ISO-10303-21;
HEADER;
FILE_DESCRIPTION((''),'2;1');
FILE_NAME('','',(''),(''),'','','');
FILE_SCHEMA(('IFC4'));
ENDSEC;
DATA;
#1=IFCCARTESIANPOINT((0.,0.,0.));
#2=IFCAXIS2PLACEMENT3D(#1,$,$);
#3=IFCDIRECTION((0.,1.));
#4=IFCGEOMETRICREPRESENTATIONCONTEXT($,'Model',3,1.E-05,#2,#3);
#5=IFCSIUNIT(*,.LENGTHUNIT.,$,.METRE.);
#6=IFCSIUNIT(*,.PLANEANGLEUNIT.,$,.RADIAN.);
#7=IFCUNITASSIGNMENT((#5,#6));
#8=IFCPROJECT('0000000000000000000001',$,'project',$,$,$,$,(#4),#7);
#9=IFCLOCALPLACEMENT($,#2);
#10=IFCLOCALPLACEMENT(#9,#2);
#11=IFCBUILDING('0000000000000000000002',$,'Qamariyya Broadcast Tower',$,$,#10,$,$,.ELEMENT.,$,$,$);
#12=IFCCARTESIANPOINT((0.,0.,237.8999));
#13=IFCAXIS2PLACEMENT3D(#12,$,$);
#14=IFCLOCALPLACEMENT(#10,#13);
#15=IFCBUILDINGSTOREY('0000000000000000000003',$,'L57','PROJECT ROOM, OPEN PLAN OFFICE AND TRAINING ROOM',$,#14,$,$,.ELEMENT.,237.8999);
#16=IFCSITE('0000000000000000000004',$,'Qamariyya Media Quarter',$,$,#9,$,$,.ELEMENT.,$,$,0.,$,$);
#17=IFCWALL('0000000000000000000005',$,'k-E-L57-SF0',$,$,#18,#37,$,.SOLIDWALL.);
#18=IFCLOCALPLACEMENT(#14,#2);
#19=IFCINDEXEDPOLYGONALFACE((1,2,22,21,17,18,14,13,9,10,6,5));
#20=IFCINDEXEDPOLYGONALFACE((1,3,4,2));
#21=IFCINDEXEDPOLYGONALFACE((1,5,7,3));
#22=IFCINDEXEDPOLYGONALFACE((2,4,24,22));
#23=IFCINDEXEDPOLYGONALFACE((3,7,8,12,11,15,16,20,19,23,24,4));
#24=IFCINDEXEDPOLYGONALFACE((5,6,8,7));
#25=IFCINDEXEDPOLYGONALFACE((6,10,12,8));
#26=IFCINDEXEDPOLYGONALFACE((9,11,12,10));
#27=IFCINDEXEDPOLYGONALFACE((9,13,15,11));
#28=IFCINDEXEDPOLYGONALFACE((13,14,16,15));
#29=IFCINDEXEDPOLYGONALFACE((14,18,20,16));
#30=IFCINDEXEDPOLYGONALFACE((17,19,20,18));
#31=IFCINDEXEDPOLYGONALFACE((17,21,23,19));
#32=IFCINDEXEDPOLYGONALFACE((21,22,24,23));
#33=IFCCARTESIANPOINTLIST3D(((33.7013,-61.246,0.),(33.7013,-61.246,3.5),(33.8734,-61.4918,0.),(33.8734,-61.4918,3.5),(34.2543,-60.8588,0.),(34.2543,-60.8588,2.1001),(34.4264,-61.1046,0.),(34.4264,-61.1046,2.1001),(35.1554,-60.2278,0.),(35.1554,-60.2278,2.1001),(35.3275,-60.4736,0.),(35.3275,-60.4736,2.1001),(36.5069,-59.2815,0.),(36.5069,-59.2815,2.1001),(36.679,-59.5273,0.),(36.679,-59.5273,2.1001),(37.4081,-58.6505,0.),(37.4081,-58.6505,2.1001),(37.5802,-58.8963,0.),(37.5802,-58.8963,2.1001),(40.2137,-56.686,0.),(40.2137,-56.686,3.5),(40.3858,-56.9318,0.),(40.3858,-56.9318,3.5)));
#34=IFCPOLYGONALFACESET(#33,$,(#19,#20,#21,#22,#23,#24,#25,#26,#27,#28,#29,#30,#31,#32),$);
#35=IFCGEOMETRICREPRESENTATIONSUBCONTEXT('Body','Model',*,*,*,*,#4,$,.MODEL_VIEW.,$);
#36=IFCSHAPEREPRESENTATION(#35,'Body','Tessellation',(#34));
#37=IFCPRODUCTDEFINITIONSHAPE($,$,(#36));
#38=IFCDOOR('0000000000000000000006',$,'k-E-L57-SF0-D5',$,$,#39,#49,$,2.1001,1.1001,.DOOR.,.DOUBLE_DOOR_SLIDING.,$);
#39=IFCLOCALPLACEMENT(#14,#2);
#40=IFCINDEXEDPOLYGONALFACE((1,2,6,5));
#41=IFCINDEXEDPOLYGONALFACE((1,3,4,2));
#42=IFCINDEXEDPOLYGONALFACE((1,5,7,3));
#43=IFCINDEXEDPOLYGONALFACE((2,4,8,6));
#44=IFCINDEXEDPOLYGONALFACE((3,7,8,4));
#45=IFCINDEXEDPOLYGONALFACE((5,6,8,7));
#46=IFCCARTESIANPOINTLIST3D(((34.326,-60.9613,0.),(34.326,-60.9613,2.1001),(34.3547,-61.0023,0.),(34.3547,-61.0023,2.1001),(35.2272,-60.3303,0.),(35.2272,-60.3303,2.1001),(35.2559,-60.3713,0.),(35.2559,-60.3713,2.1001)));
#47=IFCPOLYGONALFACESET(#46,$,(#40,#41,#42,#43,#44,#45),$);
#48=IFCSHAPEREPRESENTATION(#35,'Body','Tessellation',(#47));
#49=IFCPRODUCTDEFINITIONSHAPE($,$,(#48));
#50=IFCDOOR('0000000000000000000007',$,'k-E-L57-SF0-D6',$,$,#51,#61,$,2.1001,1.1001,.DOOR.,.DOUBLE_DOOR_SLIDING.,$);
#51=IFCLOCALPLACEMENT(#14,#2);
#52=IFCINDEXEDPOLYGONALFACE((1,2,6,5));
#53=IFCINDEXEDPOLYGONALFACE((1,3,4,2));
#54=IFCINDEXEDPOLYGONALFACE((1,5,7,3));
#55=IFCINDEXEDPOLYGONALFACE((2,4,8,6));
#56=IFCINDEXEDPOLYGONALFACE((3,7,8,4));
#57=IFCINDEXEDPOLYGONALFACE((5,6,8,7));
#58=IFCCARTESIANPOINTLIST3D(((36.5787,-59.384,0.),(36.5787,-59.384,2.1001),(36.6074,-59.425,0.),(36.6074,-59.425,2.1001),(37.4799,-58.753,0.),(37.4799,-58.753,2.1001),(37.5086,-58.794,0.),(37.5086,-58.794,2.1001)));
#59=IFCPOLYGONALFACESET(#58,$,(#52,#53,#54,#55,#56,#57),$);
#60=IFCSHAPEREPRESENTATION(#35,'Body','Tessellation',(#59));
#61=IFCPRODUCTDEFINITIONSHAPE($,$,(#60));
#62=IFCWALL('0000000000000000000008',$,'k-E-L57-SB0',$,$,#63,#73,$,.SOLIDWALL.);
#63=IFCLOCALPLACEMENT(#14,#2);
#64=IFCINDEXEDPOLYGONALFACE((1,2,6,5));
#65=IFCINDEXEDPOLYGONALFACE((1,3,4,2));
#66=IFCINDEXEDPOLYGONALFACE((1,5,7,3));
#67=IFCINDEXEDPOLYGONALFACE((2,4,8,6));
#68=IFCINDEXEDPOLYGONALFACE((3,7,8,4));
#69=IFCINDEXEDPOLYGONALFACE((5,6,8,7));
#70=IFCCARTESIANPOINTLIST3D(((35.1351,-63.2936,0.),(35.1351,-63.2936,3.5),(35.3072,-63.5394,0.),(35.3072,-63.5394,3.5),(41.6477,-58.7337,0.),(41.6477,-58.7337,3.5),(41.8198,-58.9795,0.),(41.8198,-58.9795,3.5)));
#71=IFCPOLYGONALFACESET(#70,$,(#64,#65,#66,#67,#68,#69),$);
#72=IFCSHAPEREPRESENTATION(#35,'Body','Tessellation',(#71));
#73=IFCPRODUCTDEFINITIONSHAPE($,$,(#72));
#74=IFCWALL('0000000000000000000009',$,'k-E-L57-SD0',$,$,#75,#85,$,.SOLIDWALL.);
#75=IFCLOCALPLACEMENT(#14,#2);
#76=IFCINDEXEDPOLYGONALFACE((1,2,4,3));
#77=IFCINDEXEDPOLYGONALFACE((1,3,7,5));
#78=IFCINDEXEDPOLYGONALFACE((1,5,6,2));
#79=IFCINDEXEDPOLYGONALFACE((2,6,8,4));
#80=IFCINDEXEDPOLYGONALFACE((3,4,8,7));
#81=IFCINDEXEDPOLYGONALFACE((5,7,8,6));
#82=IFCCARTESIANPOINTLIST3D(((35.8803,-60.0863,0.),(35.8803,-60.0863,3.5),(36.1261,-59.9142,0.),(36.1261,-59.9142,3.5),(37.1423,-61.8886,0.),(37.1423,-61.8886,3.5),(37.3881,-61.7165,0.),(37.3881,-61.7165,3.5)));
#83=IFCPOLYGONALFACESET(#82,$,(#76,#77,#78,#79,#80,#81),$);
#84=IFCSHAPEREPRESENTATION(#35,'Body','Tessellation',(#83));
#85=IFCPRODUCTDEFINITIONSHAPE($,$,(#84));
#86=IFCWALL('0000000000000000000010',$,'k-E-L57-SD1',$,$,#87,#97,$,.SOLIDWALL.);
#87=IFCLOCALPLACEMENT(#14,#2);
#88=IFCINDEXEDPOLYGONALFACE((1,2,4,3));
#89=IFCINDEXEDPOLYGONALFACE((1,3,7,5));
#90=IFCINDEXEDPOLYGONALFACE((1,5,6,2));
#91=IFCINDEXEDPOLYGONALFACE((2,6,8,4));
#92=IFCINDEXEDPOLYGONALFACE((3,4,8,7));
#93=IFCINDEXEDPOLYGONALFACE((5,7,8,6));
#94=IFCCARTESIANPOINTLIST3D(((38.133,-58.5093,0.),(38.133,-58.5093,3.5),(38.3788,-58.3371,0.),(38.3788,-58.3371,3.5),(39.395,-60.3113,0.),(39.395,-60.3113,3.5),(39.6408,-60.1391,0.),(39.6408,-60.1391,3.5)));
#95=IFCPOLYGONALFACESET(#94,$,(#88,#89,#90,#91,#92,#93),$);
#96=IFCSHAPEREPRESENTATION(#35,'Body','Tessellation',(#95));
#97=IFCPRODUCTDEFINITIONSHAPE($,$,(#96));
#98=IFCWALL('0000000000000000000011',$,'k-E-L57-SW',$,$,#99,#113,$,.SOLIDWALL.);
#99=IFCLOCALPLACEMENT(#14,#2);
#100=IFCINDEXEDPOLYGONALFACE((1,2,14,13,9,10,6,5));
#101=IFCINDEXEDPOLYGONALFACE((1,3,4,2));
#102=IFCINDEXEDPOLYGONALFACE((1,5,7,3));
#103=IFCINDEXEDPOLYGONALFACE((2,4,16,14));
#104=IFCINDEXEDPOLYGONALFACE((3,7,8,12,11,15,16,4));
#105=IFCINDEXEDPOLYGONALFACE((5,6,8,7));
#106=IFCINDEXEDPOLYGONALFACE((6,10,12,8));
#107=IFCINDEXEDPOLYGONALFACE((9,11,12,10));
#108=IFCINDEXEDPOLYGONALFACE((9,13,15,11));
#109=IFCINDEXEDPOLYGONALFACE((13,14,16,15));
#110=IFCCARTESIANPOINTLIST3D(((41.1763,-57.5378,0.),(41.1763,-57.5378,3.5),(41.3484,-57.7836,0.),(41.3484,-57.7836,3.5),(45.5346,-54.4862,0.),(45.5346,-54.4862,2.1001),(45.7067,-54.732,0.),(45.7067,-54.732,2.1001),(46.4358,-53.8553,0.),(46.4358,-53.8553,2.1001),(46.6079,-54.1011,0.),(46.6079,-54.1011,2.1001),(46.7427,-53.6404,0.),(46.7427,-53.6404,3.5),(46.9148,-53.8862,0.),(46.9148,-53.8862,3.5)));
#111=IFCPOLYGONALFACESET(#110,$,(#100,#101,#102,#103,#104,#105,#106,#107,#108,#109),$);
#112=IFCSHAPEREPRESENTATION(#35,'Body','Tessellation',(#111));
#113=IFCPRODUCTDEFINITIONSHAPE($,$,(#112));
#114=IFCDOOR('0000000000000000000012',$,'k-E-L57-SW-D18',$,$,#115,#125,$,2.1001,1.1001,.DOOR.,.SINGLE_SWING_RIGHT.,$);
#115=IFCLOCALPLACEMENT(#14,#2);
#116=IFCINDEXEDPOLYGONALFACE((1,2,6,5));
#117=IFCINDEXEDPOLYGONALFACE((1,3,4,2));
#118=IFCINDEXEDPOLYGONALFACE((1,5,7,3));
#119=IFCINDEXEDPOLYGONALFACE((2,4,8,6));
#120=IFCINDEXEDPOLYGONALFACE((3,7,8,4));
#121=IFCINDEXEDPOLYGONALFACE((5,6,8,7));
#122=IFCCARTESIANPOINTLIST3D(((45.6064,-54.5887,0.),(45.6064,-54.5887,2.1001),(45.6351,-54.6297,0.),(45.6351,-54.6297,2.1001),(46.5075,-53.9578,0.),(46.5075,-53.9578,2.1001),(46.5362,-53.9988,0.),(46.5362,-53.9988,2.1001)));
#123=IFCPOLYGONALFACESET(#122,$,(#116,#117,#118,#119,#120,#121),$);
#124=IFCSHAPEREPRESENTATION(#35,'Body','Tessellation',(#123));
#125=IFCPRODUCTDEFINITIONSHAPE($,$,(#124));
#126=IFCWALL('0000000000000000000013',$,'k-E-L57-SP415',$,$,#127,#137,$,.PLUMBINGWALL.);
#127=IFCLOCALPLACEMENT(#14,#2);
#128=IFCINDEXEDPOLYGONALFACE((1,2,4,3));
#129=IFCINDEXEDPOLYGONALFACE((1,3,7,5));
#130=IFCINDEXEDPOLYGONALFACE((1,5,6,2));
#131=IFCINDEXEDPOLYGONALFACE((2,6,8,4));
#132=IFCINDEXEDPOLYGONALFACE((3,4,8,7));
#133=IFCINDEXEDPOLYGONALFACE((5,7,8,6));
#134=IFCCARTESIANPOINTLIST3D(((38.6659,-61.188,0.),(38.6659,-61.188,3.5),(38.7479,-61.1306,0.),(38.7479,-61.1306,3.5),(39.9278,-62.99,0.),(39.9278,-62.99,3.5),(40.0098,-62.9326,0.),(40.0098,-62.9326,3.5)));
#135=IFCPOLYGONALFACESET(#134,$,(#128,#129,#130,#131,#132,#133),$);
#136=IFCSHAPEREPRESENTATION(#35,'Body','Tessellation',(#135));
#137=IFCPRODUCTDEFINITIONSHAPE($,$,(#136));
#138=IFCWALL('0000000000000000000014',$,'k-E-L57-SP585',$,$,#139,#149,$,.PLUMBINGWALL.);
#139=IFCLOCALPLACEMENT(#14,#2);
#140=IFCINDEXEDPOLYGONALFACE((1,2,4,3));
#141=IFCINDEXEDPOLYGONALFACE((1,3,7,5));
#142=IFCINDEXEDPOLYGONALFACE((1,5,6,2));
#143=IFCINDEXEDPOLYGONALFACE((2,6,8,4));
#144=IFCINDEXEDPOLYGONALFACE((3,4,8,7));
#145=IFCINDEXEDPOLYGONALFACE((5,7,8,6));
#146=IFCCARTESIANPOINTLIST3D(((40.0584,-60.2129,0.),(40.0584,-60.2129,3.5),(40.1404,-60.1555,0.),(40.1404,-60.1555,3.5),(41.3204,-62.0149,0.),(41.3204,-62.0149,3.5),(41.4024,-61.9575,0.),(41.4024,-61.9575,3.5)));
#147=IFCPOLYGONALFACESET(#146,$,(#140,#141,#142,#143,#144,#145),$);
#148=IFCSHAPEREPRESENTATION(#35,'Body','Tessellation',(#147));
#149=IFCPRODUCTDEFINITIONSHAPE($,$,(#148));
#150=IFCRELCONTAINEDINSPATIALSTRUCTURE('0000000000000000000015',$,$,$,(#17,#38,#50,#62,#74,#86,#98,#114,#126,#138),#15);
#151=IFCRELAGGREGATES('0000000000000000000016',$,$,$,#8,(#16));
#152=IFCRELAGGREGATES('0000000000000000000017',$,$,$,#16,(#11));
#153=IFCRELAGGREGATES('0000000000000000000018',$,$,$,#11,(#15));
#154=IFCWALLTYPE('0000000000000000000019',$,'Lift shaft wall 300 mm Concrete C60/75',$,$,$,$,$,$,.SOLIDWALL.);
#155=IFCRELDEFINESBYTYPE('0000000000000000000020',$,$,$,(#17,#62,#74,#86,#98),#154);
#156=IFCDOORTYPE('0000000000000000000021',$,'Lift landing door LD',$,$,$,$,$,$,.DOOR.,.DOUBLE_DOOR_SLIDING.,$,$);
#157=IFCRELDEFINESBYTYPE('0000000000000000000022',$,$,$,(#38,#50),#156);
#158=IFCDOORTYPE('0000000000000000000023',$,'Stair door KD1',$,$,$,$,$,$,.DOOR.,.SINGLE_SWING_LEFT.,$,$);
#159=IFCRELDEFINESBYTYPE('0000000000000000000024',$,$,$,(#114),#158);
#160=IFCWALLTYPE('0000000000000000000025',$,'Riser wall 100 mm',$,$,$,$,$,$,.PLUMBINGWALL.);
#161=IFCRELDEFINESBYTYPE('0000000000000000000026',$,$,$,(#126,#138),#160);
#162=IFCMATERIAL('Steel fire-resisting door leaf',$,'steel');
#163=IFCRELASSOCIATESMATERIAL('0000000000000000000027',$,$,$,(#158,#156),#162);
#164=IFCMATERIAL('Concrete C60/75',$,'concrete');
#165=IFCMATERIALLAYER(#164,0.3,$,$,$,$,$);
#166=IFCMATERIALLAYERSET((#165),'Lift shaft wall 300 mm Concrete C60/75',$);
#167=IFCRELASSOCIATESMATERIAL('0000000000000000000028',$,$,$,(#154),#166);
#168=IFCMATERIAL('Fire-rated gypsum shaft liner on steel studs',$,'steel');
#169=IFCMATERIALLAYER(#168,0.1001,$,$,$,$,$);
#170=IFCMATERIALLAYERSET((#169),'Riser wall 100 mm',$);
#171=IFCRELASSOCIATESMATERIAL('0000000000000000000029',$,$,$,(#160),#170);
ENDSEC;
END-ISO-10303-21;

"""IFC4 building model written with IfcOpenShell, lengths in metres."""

from ifc_helpers import new_model, si_unit, direction, frame, frame_2d, origin, place, context, subcontext, project, spatial, rectangle, extrude, material, layer, layer_set, type_object, element, fill, save


model = new_model("IFC4")

# Units and contexts
model_context = context("Model", 3, precision=1e-05, world=origin(), true_north=direction((0.0, 1.0)))
body_context = subcontext(model_context, "Body", "Model", "MODEL_VIEW")
ifc_project = project(units=[si_unit("LENGTHUNIT", "METRE"), si_unit("PLANEANGLEUNIT", "RADIAN")], contexts=[model_context])

# Site, building, storey
site_placement = place(None, origin())
site = spatial("IfcSite", under=ifc_project, at=site_placement, Name="Qamariyya Media Quarter", CompositionType="ELEMENT", RefElevation=0.0)
building_placement = place(site_placement, origin())
building = spatial("IfcBuilding", under=site, at=building_placement, Name="Qamariyya Broadcast Tower", CompositionType="ELEMENT")
storey_placement = place(building_placement, frame((0.0, 0.0, 237.8999)))
storey = spatial("IfcBuildingStorey", under=building, at=storey_placement, Name="L57", Description="PROJECT ROOM, OPEN PLAN OFFICE AND TRAINING ROOM", CompositionType="ELEMENT", Elevation=237.8999)

# Shared definitions
ifc_material_1 = material(Name="Concrete C60/75", Category="concrete")

# Shared definitions
ifc_material_2 = material(Name="Steel fire-resisting door leaf", Category="steel")

# Shared definitions
door_type_1 = type_object("IfcDoorType", Name="Stair door KD1", OperationType="SINGLE_SWING_LEFT", PredefinedType="DOOR", material=ifc_material_2)

# Wall, openings, doors
ifc_layer_1 = layer(ifc_material_1, 0.3)
ifc_layer_set_1 = layer_set([ifc_layer_1], Name="Lift shaft wall 300 mm Concrete C60/75")
wall_type_1 = type_object("IfcWallType", Name="Lift shaft wall 300 mm Concrete C60/75", PredefinedType="SOLIDWALL", material=ifc_layer_set_1)
wall_1_placement = place(storey_placement, frame((33.7874, -61.3689, 0.0), z_axis=(0.0, 0.0, 1.0), x_axis=(0.819153, 0.573576, 0.0)))
wall_1 = element("IfcWall", 1, at=wall_1_placement, inside=storey, type_object=wall_type_1, Name="k-E-L57-SF0", PredefinedType="SOLIDWALL", context=body_context, shape_type="SweptSolid", body=[
    extrude(rectangle(XDim=7.9502, YDim=0.3, at=frame_2d((3.9751, 0.0))), origin(), (0.0, 0.0, 1.0), 3.5),
])
opening_1_placement = place(wall_1_placement, frame((0.675, 0.0, 0.0)))
opening_1 = element("IfcOpeningElement", 2, at=opening_1_placement, cuts=wall_1, PredefinedType="OPENING", context=body_context, shape_type="SweptSolid", body=[
    extrude(rectangle(XDim=1.1001, YDim=2.1001, at=frame_2d((0.55, 1.05))), frame((0.0, 0.1599, 0.0), z_axis=(0.0, -1.0, 0.0), x_axis=(1.0, 0.0, 0.0)), (0.0, 0.0, 1.0), 0.3201),
])
opening_2_placement = place(wall_1_placement, frame((3.425, 0.0, 0.0)))
opening_2 = element("IfcOpeningElement", 3, at=opening_2_placement, cuts=wall_1, PredefinedType="OPENING", context=body_context, shape_type="SweptSolid", body=[
    extrude(rectangle(XDim=1.1001, YDim=2.1001, at=frame_2d((0.55, 1.05))), frame((0.0, 0.1599, 0.0), z_axis=(0.0, -1.0, 0.0), x_axis=(1.0, 0.0, 0.0)), (0.0, 0.0, 1.0), 0.3201),
])
door_type_2 = type_object("IfcDoorType", Name="Lift landing door LD", OperationType="DOUBLE_DOOR_SLIDING", PredefinedType="DOOR", material=ifc_material_2)
door_1_placement = place(opening_1_placement, origin())
door_1 = element("IfcDoor", 4, at=door_1_placement, inside=storey, type_object=door_type_2, Name="k-E-L57-SF0-D5", OperationType="DOUBLE_DOOR_SLIDING", OverallHeight=2.1001, OverallWidth=1.1001, PredefinedType="DOOR", context=body_context, shape_type="SweptSolid", body=[
    extrude(rectangle(XDim=1.1001, YDim=2.1001, at=frame_2d((0.55, 1.05))), frame((0.0, 0.0249, 0.0), z_axis=(0.0, -1.0, 0.0), x_axis=(1.0, 0.0, 0.0)), (0.0, 0.0, 1.0), 0.05),
])
fill(opening_1, door_1)
door_2_placement = place(opening_2_placement, origin())
door_2 = element("IfcDoor", 5, at=door_2_placement, inside=storey, type_object=door_type_2, Name="k-E-L57-SF0-D6", OperationType="DOUBLE_DOOR_SLIDING", OverallHeight=2.1001, OverallWidth=1.1001, PredefinedType="DOOR", context=body_context, shape_type="SweptSolid", body=[
    extrude(rectangle(XDim=1.1001, YDim=2.1001, at=frame_2d((0.55, 1.05))), frame((0.0, 0.0249, 0.0), z_axis=(0.0, -1.0, 0.0), x_axis=(1.0, 0.0, 0.0)), (0.0, 0.0, 1.0), 0.05),
])
fill(opening_2, door_2)

# Walls
wall_2_placement = place(storey_placement, frame((35.2212, -63.4165, 0.0), z_axis=(0.0, 0.0, 1.0), x_axis=(0.819167, 0.573555, 0.0)))
element("IfcWall", 6, at=wall_2_placement, inside=storey, type_object=wall_type_1, Name="k-E-L57-SB0", PredefinedType="SOLIDWALL", context=body_context, shape_type="SweptSolid", body=[
    extrude(rectangle(XDim=7.9502, YDim=0.3, at=frame_2d((3.9751, 0.0))), origin(), (0.0, 0.0, 1.0), 3.5),
])
wall_3_placement = place(storey_placement, frame((36.0032, -60.0002, 0.0), z_axis=(0.0, 0.0, 1.0), x_axis=(0.573581, -0.819149, 0.0)))
element("IfcWall", 7, at=wall_3_placement, inside=storey, type_object=wall_type_1, Name="k-E-L57-SD0", PredefinedType="SOLIDWALL", context=body_context, shape_type="SweptSolid", body=[
    extrude(rectangle(XDim=2.2002, YDim=0.3, at=frame_2d((1.1001, 0.0))), origin(), (0.0, 0.0, 1.0), 3.5),
])
wall_4_placement = place(storey_placement, frame((38.2559, -58.4231, 0.0), z_axis=(0.0, 0.0, 1.0), x_axis=(0.573634, -0.819112, 0.0)))
element("IfcWall", 8, at=wall_4_placement, inside=storey, type_object=wall_type_1, Name="k-E-L57-SD1", PredefinedType="SOLIDWALL", context=body_context, shape_type="SweptSolid", body=[
    extrude(rectangle(XDim=2.2, YDim=0.3, at=frame_2d((1.1001, 0.0))), origin(), (0.0, 0.0, 1.0), 3.5),
])

# Wall, opening, door
wall_5_placement = place(storey_placement, frame((41.2625, -57.6606, 0.0), z_axis=(0.0, 0.0, 1.0), x_axis=(0.819164, 0.573559, 0.0)))
wall_5 = element("IfcWall", 9, at=wall_5_placement, inside=storey, type_object=wall_type_1, Name="k-E-L57-SW", PredefinedType="SOLIDWALL", context=body_context, shape_type="SweptSolid", body=[
    extrude(rectangle(XDim=6.7952, YDim=0.3, at=frame_2d((3.3975, 0.0))), origin(), (0.0, 0.0, 1.0), 3.5),
])
opening_3_placement = place(wall_5_placement, frame((5.3203, 0.0, 0.0)))
opening_3 = element("IfcOpeningElement", 10, at=opening_3_placement, cuts=wall_5, PredefinedType="OPENING", context=body_context, shape_type="SweptSolid", body=[
    extrude(rectangle(XDim=1.1001, YDim=2.1001, at=frame_2d((0.55, 1.05))), frame((0.0, 0.1599, 0.0), z_axis=(0.0, -1.0, 0.0), x_axis=(1.0, 0.0, 0.0)), (0.0, 0.0, 1.0), 0.3201),
])
door_3_placement = place(opening_3_placement, origin())
door_3 = element("IfcDoor", 11, at=door_3_placement, inside=storey, type_object=door_type_1, Name="k-E-L57-SW-D18", OperationType="SINGLE_SWING_RIGHT", OverallHeight=2.1001, OverallWidth=1.1001, PredefinedType="DOOR", context=body_context, shape_type="SweptSolid", body=[
    extrude(rectangle(XDim=1.1001, YDim=2.1001, at=frame_2d((0.55, 1.05))), frame((0.0, 0.0249, 0.0), z_axis=(0.0, -1.0, 0.0), x_axis=(1.0, 0.0, 0.0)), (0.0, 0.0, 1.0), 0.05),
])
fill(opening_3, door_3)

# Walls
ifc_material_3 = material(Name="Fire-rated gypsum shaft liner on steel studs", Category="steel")
ifc_layer_2 = layer(ifc_material_3, 0.1001)
ifc_layer_set_2 = layer_set([ifc_layer_2], Name="Riser wall 100 mm")
wall_type_2 = type_object("IfcWallType", Name="Riser wall 100 mm", PredefinedType="PLUMBINGWALL", material=ifc_layer_set_2)
for number, where, z_axis, x_axis, name in (
    (12, (38.7068, -61.1592, 0.0), (0.0, 0.0, 1.0), (0.573634, -0.819112, 0.0), "k-E-L57-SP415"),
    (13, (40.0994, -60.1841, 0.0), (0.0, 0.0, 1.0), (0.573634, -0.819112, 0.0), "k-E-L57-SP585"),
):
    element("IfcWall", number, at=place(storey_placement, frame(where, z_axis=z_axis, x_axis=x_axis)), inside=storey, type_object=wall_type_2, Name=name, PredefinedType="PLUMBINGWALL", context=body_context, shape_type="SweptSolid", body=[
        extrude(rectangle(XDim=2.2, YDim=0.1001, at=frame_2d((1.1001, 0.0))), origin(), (0.0, 0.0, 1.0), 3.5),
    ])

save(model, "model.ifc")
